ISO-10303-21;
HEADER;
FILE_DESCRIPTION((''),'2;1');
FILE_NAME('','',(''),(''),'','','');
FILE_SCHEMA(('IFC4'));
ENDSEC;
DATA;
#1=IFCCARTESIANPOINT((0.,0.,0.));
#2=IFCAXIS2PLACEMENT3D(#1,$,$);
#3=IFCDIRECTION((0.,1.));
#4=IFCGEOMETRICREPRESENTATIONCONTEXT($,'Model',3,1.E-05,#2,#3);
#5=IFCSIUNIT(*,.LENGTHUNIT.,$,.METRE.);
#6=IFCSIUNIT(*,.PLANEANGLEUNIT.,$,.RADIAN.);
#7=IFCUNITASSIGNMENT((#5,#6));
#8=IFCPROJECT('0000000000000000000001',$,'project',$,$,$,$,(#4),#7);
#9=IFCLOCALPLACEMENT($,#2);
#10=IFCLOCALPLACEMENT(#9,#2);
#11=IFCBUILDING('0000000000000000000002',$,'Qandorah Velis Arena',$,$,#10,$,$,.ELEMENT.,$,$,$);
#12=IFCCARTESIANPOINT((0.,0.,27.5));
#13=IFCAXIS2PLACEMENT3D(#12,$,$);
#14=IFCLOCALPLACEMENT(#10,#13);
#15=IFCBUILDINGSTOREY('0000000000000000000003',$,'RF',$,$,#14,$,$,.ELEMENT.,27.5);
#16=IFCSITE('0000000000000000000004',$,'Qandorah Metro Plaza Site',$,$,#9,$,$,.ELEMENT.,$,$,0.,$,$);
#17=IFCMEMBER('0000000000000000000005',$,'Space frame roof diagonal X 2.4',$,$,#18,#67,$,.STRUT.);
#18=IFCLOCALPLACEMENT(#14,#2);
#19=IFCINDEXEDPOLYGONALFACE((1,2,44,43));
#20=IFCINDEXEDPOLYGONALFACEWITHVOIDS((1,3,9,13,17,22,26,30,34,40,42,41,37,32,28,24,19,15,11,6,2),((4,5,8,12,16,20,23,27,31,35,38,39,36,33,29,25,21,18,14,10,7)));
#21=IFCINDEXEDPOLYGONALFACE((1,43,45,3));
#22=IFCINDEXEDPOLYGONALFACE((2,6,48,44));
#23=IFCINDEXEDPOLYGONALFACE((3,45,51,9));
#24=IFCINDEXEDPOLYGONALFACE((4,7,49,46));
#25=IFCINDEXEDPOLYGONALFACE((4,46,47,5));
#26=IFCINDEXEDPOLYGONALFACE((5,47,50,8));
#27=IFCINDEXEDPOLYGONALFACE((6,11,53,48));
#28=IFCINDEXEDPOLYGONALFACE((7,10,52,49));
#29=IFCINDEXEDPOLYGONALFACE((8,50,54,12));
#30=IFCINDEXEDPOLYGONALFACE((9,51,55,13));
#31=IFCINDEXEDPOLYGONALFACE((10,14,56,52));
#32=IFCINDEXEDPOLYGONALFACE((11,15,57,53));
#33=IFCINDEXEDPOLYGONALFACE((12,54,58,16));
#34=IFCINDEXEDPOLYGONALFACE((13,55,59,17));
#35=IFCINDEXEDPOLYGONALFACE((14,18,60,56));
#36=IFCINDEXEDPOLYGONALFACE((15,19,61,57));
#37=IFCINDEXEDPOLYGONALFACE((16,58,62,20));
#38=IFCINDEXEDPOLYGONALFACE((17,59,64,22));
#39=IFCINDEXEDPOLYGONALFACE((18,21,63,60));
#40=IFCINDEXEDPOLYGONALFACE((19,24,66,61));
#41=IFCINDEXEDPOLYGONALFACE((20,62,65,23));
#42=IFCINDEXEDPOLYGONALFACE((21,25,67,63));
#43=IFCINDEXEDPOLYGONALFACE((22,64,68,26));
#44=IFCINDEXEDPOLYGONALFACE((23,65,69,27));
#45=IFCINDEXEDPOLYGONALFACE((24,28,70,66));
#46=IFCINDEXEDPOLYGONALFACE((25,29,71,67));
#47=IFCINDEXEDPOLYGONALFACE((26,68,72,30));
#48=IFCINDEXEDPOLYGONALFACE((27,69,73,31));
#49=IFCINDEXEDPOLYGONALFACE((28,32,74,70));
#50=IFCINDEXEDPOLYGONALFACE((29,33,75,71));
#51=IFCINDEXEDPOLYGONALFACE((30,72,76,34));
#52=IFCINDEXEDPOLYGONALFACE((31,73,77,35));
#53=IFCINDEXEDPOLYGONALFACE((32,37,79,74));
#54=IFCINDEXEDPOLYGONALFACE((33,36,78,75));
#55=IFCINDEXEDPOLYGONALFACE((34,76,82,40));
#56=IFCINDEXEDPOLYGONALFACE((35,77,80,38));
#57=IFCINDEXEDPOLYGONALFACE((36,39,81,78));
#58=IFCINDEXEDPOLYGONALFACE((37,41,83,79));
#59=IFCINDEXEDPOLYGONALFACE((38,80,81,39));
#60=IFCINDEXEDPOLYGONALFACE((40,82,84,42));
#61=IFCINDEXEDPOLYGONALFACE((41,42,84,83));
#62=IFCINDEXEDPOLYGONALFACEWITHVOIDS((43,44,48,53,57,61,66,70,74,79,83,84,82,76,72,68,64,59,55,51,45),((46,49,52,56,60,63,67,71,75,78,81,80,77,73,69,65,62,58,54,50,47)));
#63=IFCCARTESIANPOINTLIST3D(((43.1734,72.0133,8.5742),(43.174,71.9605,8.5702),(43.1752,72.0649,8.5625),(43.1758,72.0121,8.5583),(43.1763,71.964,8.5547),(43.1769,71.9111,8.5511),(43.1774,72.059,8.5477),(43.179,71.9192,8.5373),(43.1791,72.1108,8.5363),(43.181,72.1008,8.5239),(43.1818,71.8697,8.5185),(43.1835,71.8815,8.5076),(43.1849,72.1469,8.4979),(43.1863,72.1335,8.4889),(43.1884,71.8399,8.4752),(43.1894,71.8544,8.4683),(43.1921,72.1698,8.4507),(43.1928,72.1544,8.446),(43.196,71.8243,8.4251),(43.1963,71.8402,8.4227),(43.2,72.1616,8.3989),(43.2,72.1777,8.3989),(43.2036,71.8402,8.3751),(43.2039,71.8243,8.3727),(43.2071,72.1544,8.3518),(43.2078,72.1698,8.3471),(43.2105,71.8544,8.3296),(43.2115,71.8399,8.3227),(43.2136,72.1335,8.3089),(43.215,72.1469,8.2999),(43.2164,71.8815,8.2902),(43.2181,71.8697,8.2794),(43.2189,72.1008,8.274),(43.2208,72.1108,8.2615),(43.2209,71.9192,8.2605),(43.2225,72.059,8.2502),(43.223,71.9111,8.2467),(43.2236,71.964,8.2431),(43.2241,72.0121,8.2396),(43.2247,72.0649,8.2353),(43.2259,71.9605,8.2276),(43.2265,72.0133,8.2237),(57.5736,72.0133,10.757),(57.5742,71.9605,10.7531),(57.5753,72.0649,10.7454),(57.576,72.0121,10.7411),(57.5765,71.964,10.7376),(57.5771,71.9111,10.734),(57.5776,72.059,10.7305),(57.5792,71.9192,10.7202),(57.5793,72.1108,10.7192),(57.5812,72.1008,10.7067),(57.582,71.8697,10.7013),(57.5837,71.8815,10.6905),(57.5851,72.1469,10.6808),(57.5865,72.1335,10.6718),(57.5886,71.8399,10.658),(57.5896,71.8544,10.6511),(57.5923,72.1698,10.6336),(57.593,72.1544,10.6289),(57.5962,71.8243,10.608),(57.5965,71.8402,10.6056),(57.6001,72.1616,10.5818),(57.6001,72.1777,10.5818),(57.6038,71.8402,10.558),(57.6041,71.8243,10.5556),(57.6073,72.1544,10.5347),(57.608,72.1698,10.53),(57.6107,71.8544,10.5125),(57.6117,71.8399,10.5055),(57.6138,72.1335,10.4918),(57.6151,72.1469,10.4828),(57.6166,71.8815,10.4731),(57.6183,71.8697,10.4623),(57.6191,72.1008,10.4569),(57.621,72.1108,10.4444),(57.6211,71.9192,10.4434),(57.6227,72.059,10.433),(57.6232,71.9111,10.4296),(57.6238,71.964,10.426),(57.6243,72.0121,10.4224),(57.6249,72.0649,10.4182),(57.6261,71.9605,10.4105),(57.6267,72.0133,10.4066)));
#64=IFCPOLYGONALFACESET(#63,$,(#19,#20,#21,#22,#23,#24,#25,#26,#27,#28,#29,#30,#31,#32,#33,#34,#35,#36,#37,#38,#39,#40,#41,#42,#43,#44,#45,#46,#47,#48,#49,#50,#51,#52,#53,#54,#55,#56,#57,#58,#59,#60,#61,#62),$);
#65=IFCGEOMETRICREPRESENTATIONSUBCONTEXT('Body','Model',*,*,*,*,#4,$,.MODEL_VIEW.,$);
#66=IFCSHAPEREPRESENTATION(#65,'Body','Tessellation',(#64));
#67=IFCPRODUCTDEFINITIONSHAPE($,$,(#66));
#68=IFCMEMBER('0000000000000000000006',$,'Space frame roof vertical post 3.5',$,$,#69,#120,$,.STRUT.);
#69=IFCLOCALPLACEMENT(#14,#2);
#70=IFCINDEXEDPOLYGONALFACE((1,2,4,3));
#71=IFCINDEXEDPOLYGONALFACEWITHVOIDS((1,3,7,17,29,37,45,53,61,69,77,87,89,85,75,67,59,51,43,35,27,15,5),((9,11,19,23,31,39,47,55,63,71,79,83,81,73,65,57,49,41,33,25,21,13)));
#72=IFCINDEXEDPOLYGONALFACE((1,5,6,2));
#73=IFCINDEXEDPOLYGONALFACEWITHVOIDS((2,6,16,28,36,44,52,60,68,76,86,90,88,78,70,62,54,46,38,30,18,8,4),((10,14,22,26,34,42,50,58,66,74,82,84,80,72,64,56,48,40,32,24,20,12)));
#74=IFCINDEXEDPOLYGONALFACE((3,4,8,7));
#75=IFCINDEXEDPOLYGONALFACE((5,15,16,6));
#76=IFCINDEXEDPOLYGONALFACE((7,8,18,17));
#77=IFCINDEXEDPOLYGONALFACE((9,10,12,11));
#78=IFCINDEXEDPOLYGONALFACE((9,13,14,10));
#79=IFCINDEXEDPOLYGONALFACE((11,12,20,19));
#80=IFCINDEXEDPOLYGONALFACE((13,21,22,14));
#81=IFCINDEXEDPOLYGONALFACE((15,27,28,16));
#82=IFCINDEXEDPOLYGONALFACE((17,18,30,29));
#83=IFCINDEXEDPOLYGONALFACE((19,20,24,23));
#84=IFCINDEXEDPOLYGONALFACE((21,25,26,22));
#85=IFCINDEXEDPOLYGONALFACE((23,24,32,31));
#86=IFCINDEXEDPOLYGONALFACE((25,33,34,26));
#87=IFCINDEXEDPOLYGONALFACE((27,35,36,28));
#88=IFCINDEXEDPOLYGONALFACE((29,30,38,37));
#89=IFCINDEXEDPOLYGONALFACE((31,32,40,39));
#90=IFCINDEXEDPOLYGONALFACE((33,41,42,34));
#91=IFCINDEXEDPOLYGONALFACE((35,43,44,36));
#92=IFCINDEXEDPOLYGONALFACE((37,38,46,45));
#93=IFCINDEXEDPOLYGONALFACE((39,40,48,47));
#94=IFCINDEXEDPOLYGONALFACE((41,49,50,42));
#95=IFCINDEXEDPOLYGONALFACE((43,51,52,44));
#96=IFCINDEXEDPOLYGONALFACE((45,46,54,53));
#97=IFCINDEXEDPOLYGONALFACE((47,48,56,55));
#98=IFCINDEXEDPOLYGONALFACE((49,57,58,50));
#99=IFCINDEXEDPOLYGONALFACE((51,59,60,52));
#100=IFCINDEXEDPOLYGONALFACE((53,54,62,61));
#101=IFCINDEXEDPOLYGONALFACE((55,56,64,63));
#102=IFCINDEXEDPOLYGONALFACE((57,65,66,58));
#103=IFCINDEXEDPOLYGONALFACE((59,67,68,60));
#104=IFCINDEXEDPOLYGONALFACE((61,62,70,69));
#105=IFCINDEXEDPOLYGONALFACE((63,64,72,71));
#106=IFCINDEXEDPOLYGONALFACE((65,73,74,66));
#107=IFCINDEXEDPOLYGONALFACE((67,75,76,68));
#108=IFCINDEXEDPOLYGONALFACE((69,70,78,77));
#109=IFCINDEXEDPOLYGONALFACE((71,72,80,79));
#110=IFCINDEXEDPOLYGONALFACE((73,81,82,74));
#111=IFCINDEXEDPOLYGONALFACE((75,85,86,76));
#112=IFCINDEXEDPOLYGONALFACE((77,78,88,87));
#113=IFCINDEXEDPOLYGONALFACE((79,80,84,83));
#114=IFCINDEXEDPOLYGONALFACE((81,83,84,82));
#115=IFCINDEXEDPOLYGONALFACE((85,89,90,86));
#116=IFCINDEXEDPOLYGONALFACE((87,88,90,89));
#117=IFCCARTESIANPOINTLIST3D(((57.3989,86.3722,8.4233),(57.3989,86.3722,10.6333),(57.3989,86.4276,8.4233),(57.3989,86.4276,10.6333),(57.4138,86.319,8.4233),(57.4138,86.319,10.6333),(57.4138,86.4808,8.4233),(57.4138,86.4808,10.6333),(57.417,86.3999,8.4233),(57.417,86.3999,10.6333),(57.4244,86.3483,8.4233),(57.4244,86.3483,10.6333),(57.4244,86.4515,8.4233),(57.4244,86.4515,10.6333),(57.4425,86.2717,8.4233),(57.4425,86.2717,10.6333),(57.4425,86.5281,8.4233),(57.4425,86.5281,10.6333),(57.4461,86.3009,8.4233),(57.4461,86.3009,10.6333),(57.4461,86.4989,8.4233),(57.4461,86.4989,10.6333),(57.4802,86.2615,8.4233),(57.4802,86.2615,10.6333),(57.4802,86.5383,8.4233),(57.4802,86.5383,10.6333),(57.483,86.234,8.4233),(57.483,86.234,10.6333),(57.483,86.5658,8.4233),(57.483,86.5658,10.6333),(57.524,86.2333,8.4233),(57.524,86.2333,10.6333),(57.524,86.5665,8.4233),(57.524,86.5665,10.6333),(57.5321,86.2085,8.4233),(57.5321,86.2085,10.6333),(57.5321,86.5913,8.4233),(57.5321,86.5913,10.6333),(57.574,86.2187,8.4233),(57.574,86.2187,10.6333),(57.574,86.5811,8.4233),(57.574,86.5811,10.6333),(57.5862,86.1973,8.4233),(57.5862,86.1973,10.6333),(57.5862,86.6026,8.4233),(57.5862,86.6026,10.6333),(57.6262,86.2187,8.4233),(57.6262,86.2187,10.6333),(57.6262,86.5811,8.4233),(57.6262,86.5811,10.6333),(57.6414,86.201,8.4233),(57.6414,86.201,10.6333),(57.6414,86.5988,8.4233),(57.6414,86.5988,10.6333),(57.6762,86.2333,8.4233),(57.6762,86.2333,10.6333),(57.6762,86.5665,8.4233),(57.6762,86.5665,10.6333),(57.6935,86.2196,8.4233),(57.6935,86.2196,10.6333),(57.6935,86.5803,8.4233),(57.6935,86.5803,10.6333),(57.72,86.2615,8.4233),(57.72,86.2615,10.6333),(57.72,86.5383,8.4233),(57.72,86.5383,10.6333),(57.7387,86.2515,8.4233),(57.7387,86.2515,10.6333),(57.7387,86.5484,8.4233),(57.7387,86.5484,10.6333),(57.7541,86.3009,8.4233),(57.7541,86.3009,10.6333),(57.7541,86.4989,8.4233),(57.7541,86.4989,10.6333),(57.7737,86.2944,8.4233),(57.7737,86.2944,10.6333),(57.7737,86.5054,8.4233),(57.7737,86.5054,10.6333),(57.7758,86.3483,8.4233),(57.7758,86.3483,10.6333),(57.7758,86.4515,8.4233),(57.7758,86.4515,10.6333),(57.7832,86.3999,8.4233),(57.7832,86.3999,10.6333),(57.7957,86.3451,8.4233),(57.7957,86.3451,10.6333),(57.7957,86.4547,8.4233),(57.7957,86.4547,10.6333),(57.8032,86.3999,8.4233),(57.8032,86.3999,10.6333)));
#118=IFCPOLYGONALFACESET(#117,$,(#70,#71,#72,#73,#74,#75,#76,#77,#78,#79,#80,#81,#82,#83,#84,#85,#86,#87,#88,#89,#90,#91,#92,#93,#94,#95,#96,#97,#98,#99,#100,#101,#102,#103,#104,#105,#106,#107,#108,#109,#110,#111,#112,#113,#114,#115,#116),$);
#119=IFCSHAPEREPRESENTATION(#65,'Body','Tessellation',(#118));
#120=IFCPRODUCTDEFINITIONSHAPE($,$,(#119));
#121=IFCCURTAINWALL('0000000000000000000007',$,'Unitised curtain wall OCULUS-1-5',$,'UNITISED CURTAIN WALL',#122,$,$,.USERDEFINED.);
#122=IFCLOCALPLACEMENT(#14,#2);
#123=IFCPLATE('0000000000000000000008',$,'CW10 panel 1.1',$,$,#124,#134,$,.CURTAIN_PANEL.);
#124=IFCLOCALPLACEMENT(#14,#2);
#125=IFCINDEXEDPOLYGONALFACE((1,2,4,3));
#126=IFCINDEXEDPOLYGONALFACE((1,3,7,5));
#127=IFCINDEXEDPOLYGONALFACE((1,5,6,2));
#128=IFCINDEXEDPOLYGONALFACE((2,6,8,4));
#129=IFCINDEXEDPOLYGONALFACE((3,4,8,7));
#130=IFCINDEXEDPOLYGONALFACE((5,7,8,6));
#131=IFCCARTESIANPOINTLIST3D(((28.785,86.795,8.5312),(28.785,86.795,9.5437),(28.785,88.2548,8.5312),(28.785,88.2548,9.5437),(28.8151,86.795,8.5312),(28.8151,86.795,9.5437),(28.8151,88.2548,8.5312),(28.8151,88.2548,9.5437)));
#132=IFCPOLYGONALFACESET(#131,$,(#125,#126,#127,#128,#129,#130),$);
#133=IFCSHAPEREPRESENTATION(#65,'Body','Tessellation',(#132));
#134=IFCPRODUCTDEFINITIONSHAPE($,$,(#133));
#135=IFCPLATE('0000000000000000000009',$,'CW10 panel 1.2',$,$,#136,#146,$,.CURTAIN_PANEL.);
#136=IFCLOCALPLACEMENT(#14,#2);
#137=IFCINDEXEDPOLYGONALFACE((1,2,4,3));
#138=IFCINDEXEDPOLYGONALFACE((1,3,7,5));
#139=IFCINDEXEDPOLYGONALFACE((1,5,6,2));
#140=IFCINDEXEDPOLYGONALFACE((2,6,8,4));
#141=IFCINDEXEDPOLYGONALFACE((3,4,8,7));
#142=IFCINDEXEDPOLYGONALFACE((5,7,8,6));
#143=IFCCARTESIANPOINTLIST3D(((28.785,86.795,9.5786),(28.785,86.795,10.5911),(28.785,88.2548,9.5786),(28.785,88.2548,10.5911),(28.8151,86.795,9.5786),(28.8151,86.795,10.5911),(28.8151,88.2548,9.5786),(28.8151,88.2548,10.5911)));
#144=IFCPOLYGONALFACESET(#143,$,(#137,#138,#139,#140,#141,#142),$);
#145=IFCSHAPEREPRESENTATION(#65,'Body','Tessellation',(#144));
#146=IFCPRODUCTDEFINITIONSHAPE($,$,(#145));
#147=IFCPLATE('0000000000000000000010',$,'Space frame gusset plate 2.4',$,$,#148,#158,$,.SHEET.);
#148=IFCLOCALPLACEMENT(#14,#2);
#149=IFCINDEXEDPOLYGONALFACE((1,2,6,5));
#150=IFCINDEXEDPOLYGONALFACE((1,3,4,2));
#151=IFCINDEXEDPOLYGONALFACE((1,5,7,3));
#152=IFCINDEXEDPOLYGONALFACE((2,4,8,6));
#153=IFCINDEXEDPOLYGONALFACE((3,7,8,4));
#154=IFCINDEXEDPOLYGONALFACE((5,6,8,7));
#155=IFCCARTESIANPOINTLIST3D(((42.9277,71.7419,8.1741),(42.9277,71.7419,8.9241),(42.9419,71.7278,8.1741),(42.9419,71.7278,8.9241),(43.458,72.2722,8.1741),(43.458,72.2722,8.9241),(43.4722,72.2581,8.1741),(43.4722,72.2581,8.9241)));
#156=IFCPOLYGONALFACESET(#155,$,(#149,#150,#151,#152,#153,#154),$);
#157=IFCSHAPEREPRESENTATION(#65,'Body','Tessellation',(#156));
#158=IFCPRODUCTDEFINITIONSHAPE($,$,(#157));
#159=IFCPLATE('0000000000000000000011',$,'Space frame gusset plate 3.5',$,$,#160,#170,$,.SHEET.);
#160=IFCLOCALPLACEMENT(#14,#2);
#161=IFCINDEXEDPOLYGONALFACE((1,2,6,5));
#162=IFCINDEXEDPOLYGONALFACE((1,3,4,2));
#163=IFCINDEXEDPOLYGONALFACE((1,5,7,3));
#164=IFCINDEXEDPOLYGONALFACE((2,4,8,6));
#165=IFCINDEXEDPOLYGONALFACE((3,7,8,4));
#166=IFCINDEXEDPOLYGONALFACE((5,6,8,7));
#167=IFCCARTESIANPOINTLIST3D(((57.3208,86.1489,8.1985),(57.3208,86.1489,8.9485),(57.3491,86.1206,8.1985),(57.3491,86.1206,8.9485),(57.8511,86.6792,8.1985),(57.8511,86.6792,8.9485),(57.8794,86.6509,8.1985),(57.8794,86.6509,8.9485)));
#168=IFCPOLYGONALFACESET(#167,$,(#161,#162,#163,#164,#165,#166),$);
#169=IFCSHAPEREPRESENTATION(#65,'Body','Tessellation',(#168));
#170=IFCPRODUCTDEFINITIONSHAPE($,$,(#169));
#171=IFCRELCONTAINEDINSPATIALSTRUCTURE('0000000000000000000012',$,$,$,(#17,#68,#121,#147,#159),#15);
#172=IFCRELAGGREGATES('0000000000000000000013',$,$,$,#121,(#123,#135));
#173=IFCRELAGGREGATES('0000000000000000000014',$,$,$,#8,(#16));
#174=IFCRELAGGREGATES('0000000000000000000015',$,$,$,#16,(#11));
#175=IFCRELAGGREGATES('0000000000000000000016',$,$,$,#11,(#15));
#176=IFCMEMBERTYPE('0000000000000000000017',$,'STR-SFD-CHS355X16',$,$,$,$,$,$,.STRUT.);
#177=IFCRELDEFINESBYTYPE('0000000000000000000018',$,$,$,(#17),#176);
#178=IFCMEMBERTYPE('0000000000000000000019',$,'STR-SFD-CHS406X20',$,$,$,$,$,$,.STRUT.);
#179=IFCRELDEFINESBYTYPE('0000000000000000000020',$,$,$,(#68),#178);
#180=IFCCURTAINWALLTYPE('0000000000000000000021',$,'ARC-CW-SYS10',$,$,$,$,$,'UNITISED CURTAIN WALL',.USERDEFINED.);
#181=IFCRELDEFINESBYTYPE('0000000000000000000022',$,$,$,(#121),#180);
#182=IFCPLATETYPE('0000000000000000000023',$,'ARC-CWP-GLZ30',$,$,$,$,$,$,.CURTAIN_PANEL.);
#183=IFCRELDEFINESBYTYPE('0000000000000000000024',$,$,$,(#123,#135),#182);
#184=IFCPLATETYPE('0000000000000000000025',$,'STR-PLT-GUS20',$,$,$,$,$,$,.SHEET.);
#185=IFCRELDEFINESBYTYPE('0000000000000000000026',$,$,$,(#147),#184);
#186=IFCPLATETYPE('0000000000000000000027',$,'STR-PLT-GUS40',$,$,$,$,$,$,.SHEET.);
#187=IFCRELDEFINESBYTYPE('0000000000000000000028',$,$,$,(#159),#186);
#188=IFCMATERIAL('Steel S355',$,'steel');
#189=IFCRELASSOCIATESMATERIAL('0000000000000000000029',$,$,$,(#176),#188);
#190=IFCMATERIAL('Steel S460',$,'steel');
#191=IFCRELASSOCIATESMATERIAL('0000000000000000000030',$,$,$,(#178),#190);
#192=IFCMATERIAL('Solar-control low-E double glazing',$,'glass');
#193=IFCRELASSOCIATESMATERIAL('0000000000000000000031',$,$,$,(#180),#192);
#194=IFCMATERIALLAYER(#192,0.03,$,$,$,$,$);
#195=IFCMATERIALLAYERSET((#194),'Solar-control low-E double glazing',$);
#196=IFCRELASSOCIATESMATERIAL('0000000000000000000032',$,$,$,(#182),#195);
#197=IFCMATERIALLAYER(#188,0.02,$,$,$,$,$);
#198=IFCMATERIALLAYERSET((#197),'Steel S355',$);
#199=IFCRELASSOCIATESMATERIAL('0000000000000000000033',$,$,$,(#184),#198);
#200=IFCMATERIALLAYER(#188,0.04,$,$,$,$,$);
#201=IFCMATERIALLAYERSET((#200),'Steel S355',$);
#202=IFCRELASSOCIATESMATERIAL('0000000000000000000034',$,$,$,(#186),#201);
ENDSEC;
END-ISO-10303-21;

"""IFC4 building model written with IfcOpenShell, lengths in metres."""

from ifc_helpers import new_model, si_unit, direction, frame, origin, origin_2d, place, context, subcontext, project, spatial, rectangle, hollow_circle, extrude, material, layer, layer_set, material_profile, profile_set, type_object, element, aggregate, save


model = new_model("IFC4")

# Units and contexts
model_context = context("Model", 3, precision=1e-05, world=origin(), true_north=direction((0.0, 1.0)))
body_context = subcontext(model_context, "Body", "Model", "MODEL_VIEW")
ifc_project = project(units=[si_unit("LENGTHUNIT", "METRE"), si_unit("PLANEANGLEUNIT", "RADIAN")], contexts=[model_context])

# Site, building, storey
site_placement = place(None, origin())
site = spatial("IfcSite", under=ifc_project, at=site_placement, Name="Qandorah Metro Plaza Site", CompositionType="ELEMENT", RefElevation=0.0)
building_placement = place(site_placement, origin())
building = spatial("IfcBuilding", under=site, at=building_placement, Name="Qandorah Velis Arena", CompositionType="ELEMENT")
storey_placement = place(building_placement, frame((0.0, 0.0, 27.5)))
storey = spatial("IfcBuildingStorey", under=building, at=storey_placement, Name="RF", CompositionType="ELEMENT", Elevation=27.5)

# Shared definitions
ifc_material_1 = material(Name="Steel S355", Category="steel")

# Members
ifc_material_profile_1 = material_profile(ifc_material_1, hollow_circle(Radius=0.1777, WallThickness=0.0161, at=origin_2d()), Name="CHS 355.6x16")
ifc_profile_set_1 = profile_set([ifc_material_profile_1], Name="Steel S355")
member_type_1 = type_object("IfcMemberType", Name="STR-SFD-CHS355X16", PredefinedType="STRUT", material=ifc_profile_set_1)
member_1_placement = place(storey_placement, frame((43.2, 72.0, 8.3989), z_axis=(0.988705, 0.0, 0.149874), x_axis=(0.0, 1.0, 0.0)))
element("IfcMember", 1, at=member_1_placement, inside=storey, type_object=member_type_1, Name="Space frame roof diagonal X 2.4", PredefinedType="STRUT", context=body_context, shape_type="SweptSolid", body=[
    extrude(hollow_circle(Radius=0.1777, WallThickness=0.0161, at=origin_2d()), origin(), (0.0, 0.0, 1.0), 14.5647),
])
ifc_material_2 = material(Name="Steel S460", Category="steel")
ifc_material_profile_2 = material_profile(ifc_material_2, hollow_circle(Radius=0.2031, WallThickness=0.02, at=origin_2d()), Name="CHS 406.4x20")
ifc_profile_set_2 = profile_set([ifc_material_profile_2], Name="Steel S460")
member_type_2 = type_object("IfcMemberType", Name="STR-SFD-CHS406X20", PredefinedType="STRUT", material=ifc_profile_set_2)
member_2_placement = place(storey_placement, frame((57.6001, 86.3999, 8.4233), z_axis=(0.0, 0.0, 1.0), x_axis=(1.0, 0.0, 0.0)))
element("IfcMember", 2, at=member_2_placement, inside=storey, type_object=member_type_2, Name="Space frame roof vertical post 3.5", PredefinedType="STRUT", context=body_context, shape_type="SweptSolid", body=[
    extrude(hollow_circle(Radius=0.2031, WallThickness=0.02, at=origin_2d()), origin(), (0.0, 0.0, 1.0), 2.21),
])

# Curtain wall, plates
ifc_material_3 = material(Name="Solar-control low-E double glazing", Category="glass")
curtain_wall_type = type_object("IfcCurtainWallType", Name="ARC-CW-SYS10", ElementType="UNITISED CURTAIN WALL", PredefinedType="USERDEFINED", material=ifc_material_3)
curtain_wall_placement = place(storey_placement, origin())
curtain_wall = element("IfcCurtainWall", 3, at=curtain_wall_placement, inside=storey, type_object=curtain_wall_type, Name="Unitised curtain wall OCULUS-1-5", ObjectType="UNITISED CURTAIN WALL", PredefinedType="USERDEFINED")
ifc_layer_1 = layer(ifc_material_3, 0.03)
ifc_layer_set_1 = layer_set([ifc_layer_1], Name="Solar-control low-E double glazing")
plate_type_1 = type_object("IfcPlateType", Name="ARC-CWP-GLZ30", PredefinedType="CURTAIN_PANEL", material=ifc_layer_set_1)
plate_1_placement = place(storey_placement, frame((28.8, 87.5249, 8.5312), z_axis=(0.0, 0.0, 1.0), x_axis=(0.0, 1.0, 0.0)))
plate_1 = element("IfcPlate", 4, at=plate_1_placement, type_object=plate_type_1, Name="CW10 panel 1.1", PredefinedType="CURTAIN_PANEL", context=body_context, shape_type="SweptSolid", body=[
    extrude(rectangle(XDim=1.4597, YDim=0.03, at=origin_2d()), origin(), (0.0, 0.0, 1.0), 1.0125),
])
plate_2_placement = place(storey_placement, frame((28.8, 87.5249, 9.5786), z_axis=(0.0, 0.0, 1.0), x_axis=(0.0, 1.0, 0.0)))
plate_2 = element("IfcPlate", 5, at=plate_2_placement, type_object=plate_type_1, Name="CW10 panel 1.2", PredefinedType="CURTAIN_PANEL", context=body_context, shape_type="SweptSolid", body=[
    extrude(rectangle(XDim=1.4597, YDim=0.03, at=origin_2d()), origin(), (0.0, 0.0, 1.0), 1.0125),
])
aggregate(curtain_wall, [plate_1, plate_2])

# Plates
ifc_layer_2 = layer(ifc_material_1, 0.02)
ifc_layer_set_2 = layer_set([ifc_layer_2], Name="Steel S355")
plate_type_2 = type_object("IfcPlateType", Name="STR-PLT-GUS20", PredefinedType="SHEET", material=ifc_layer_set_2)
plate_3_placement = place(storey_placement, frame((43.2, 72.0, 8.1741), z_axis=(0.0, 0.0, 1.0), x_axis=(0.707107, 0.707107, 0.0)))
element("IfcPlate", 6, at=plate_3_placement, inside=storey, type_object=plate_type_2, Name="Space frame gusset plate 2.4", PredefinedType="SHEET", context=body_context, shape_type="SweptSolid", body=[
    extrude(rectangle(XDim=0.75, YDim=0.02, at=origin_2d()), origin(), (0.0, 0.0, 1.0), 0.75),
])
ifc_layer_3 = layer(ifc_material_1, 0.04)
ifc_layer_set_3 = layer_set([ifc_layer_3], Name="Steel S355")
plate_type_3 = type_object("IfcPlateType", Name="STR-PLT-GUS40", PredefinedType="SHEET", material=ifc_layer_set_3)
plate_4_placement = place(storey_placement, frame((57.6001, 86.3999, 8.1985), z_axis=(0.0, 0.0, 1.0), x_axis=(0.707107, 0.707107, 0.0)))
element("IfcPlate", 7, at=plate_4_placement, inside=storey, type_object=plate_type_3, Name="Space frame gusset plate 3.5", PredefinedType="SHEET", context=body_context, shape_type="SweptSolid", body=[
    extrude(rectangle(XDim=0.75, YDim=0.04, at=origin_2d()), origin(), (0.0, 0.0, 1.0), 0.75),
])

save(model, "model.ifc")
